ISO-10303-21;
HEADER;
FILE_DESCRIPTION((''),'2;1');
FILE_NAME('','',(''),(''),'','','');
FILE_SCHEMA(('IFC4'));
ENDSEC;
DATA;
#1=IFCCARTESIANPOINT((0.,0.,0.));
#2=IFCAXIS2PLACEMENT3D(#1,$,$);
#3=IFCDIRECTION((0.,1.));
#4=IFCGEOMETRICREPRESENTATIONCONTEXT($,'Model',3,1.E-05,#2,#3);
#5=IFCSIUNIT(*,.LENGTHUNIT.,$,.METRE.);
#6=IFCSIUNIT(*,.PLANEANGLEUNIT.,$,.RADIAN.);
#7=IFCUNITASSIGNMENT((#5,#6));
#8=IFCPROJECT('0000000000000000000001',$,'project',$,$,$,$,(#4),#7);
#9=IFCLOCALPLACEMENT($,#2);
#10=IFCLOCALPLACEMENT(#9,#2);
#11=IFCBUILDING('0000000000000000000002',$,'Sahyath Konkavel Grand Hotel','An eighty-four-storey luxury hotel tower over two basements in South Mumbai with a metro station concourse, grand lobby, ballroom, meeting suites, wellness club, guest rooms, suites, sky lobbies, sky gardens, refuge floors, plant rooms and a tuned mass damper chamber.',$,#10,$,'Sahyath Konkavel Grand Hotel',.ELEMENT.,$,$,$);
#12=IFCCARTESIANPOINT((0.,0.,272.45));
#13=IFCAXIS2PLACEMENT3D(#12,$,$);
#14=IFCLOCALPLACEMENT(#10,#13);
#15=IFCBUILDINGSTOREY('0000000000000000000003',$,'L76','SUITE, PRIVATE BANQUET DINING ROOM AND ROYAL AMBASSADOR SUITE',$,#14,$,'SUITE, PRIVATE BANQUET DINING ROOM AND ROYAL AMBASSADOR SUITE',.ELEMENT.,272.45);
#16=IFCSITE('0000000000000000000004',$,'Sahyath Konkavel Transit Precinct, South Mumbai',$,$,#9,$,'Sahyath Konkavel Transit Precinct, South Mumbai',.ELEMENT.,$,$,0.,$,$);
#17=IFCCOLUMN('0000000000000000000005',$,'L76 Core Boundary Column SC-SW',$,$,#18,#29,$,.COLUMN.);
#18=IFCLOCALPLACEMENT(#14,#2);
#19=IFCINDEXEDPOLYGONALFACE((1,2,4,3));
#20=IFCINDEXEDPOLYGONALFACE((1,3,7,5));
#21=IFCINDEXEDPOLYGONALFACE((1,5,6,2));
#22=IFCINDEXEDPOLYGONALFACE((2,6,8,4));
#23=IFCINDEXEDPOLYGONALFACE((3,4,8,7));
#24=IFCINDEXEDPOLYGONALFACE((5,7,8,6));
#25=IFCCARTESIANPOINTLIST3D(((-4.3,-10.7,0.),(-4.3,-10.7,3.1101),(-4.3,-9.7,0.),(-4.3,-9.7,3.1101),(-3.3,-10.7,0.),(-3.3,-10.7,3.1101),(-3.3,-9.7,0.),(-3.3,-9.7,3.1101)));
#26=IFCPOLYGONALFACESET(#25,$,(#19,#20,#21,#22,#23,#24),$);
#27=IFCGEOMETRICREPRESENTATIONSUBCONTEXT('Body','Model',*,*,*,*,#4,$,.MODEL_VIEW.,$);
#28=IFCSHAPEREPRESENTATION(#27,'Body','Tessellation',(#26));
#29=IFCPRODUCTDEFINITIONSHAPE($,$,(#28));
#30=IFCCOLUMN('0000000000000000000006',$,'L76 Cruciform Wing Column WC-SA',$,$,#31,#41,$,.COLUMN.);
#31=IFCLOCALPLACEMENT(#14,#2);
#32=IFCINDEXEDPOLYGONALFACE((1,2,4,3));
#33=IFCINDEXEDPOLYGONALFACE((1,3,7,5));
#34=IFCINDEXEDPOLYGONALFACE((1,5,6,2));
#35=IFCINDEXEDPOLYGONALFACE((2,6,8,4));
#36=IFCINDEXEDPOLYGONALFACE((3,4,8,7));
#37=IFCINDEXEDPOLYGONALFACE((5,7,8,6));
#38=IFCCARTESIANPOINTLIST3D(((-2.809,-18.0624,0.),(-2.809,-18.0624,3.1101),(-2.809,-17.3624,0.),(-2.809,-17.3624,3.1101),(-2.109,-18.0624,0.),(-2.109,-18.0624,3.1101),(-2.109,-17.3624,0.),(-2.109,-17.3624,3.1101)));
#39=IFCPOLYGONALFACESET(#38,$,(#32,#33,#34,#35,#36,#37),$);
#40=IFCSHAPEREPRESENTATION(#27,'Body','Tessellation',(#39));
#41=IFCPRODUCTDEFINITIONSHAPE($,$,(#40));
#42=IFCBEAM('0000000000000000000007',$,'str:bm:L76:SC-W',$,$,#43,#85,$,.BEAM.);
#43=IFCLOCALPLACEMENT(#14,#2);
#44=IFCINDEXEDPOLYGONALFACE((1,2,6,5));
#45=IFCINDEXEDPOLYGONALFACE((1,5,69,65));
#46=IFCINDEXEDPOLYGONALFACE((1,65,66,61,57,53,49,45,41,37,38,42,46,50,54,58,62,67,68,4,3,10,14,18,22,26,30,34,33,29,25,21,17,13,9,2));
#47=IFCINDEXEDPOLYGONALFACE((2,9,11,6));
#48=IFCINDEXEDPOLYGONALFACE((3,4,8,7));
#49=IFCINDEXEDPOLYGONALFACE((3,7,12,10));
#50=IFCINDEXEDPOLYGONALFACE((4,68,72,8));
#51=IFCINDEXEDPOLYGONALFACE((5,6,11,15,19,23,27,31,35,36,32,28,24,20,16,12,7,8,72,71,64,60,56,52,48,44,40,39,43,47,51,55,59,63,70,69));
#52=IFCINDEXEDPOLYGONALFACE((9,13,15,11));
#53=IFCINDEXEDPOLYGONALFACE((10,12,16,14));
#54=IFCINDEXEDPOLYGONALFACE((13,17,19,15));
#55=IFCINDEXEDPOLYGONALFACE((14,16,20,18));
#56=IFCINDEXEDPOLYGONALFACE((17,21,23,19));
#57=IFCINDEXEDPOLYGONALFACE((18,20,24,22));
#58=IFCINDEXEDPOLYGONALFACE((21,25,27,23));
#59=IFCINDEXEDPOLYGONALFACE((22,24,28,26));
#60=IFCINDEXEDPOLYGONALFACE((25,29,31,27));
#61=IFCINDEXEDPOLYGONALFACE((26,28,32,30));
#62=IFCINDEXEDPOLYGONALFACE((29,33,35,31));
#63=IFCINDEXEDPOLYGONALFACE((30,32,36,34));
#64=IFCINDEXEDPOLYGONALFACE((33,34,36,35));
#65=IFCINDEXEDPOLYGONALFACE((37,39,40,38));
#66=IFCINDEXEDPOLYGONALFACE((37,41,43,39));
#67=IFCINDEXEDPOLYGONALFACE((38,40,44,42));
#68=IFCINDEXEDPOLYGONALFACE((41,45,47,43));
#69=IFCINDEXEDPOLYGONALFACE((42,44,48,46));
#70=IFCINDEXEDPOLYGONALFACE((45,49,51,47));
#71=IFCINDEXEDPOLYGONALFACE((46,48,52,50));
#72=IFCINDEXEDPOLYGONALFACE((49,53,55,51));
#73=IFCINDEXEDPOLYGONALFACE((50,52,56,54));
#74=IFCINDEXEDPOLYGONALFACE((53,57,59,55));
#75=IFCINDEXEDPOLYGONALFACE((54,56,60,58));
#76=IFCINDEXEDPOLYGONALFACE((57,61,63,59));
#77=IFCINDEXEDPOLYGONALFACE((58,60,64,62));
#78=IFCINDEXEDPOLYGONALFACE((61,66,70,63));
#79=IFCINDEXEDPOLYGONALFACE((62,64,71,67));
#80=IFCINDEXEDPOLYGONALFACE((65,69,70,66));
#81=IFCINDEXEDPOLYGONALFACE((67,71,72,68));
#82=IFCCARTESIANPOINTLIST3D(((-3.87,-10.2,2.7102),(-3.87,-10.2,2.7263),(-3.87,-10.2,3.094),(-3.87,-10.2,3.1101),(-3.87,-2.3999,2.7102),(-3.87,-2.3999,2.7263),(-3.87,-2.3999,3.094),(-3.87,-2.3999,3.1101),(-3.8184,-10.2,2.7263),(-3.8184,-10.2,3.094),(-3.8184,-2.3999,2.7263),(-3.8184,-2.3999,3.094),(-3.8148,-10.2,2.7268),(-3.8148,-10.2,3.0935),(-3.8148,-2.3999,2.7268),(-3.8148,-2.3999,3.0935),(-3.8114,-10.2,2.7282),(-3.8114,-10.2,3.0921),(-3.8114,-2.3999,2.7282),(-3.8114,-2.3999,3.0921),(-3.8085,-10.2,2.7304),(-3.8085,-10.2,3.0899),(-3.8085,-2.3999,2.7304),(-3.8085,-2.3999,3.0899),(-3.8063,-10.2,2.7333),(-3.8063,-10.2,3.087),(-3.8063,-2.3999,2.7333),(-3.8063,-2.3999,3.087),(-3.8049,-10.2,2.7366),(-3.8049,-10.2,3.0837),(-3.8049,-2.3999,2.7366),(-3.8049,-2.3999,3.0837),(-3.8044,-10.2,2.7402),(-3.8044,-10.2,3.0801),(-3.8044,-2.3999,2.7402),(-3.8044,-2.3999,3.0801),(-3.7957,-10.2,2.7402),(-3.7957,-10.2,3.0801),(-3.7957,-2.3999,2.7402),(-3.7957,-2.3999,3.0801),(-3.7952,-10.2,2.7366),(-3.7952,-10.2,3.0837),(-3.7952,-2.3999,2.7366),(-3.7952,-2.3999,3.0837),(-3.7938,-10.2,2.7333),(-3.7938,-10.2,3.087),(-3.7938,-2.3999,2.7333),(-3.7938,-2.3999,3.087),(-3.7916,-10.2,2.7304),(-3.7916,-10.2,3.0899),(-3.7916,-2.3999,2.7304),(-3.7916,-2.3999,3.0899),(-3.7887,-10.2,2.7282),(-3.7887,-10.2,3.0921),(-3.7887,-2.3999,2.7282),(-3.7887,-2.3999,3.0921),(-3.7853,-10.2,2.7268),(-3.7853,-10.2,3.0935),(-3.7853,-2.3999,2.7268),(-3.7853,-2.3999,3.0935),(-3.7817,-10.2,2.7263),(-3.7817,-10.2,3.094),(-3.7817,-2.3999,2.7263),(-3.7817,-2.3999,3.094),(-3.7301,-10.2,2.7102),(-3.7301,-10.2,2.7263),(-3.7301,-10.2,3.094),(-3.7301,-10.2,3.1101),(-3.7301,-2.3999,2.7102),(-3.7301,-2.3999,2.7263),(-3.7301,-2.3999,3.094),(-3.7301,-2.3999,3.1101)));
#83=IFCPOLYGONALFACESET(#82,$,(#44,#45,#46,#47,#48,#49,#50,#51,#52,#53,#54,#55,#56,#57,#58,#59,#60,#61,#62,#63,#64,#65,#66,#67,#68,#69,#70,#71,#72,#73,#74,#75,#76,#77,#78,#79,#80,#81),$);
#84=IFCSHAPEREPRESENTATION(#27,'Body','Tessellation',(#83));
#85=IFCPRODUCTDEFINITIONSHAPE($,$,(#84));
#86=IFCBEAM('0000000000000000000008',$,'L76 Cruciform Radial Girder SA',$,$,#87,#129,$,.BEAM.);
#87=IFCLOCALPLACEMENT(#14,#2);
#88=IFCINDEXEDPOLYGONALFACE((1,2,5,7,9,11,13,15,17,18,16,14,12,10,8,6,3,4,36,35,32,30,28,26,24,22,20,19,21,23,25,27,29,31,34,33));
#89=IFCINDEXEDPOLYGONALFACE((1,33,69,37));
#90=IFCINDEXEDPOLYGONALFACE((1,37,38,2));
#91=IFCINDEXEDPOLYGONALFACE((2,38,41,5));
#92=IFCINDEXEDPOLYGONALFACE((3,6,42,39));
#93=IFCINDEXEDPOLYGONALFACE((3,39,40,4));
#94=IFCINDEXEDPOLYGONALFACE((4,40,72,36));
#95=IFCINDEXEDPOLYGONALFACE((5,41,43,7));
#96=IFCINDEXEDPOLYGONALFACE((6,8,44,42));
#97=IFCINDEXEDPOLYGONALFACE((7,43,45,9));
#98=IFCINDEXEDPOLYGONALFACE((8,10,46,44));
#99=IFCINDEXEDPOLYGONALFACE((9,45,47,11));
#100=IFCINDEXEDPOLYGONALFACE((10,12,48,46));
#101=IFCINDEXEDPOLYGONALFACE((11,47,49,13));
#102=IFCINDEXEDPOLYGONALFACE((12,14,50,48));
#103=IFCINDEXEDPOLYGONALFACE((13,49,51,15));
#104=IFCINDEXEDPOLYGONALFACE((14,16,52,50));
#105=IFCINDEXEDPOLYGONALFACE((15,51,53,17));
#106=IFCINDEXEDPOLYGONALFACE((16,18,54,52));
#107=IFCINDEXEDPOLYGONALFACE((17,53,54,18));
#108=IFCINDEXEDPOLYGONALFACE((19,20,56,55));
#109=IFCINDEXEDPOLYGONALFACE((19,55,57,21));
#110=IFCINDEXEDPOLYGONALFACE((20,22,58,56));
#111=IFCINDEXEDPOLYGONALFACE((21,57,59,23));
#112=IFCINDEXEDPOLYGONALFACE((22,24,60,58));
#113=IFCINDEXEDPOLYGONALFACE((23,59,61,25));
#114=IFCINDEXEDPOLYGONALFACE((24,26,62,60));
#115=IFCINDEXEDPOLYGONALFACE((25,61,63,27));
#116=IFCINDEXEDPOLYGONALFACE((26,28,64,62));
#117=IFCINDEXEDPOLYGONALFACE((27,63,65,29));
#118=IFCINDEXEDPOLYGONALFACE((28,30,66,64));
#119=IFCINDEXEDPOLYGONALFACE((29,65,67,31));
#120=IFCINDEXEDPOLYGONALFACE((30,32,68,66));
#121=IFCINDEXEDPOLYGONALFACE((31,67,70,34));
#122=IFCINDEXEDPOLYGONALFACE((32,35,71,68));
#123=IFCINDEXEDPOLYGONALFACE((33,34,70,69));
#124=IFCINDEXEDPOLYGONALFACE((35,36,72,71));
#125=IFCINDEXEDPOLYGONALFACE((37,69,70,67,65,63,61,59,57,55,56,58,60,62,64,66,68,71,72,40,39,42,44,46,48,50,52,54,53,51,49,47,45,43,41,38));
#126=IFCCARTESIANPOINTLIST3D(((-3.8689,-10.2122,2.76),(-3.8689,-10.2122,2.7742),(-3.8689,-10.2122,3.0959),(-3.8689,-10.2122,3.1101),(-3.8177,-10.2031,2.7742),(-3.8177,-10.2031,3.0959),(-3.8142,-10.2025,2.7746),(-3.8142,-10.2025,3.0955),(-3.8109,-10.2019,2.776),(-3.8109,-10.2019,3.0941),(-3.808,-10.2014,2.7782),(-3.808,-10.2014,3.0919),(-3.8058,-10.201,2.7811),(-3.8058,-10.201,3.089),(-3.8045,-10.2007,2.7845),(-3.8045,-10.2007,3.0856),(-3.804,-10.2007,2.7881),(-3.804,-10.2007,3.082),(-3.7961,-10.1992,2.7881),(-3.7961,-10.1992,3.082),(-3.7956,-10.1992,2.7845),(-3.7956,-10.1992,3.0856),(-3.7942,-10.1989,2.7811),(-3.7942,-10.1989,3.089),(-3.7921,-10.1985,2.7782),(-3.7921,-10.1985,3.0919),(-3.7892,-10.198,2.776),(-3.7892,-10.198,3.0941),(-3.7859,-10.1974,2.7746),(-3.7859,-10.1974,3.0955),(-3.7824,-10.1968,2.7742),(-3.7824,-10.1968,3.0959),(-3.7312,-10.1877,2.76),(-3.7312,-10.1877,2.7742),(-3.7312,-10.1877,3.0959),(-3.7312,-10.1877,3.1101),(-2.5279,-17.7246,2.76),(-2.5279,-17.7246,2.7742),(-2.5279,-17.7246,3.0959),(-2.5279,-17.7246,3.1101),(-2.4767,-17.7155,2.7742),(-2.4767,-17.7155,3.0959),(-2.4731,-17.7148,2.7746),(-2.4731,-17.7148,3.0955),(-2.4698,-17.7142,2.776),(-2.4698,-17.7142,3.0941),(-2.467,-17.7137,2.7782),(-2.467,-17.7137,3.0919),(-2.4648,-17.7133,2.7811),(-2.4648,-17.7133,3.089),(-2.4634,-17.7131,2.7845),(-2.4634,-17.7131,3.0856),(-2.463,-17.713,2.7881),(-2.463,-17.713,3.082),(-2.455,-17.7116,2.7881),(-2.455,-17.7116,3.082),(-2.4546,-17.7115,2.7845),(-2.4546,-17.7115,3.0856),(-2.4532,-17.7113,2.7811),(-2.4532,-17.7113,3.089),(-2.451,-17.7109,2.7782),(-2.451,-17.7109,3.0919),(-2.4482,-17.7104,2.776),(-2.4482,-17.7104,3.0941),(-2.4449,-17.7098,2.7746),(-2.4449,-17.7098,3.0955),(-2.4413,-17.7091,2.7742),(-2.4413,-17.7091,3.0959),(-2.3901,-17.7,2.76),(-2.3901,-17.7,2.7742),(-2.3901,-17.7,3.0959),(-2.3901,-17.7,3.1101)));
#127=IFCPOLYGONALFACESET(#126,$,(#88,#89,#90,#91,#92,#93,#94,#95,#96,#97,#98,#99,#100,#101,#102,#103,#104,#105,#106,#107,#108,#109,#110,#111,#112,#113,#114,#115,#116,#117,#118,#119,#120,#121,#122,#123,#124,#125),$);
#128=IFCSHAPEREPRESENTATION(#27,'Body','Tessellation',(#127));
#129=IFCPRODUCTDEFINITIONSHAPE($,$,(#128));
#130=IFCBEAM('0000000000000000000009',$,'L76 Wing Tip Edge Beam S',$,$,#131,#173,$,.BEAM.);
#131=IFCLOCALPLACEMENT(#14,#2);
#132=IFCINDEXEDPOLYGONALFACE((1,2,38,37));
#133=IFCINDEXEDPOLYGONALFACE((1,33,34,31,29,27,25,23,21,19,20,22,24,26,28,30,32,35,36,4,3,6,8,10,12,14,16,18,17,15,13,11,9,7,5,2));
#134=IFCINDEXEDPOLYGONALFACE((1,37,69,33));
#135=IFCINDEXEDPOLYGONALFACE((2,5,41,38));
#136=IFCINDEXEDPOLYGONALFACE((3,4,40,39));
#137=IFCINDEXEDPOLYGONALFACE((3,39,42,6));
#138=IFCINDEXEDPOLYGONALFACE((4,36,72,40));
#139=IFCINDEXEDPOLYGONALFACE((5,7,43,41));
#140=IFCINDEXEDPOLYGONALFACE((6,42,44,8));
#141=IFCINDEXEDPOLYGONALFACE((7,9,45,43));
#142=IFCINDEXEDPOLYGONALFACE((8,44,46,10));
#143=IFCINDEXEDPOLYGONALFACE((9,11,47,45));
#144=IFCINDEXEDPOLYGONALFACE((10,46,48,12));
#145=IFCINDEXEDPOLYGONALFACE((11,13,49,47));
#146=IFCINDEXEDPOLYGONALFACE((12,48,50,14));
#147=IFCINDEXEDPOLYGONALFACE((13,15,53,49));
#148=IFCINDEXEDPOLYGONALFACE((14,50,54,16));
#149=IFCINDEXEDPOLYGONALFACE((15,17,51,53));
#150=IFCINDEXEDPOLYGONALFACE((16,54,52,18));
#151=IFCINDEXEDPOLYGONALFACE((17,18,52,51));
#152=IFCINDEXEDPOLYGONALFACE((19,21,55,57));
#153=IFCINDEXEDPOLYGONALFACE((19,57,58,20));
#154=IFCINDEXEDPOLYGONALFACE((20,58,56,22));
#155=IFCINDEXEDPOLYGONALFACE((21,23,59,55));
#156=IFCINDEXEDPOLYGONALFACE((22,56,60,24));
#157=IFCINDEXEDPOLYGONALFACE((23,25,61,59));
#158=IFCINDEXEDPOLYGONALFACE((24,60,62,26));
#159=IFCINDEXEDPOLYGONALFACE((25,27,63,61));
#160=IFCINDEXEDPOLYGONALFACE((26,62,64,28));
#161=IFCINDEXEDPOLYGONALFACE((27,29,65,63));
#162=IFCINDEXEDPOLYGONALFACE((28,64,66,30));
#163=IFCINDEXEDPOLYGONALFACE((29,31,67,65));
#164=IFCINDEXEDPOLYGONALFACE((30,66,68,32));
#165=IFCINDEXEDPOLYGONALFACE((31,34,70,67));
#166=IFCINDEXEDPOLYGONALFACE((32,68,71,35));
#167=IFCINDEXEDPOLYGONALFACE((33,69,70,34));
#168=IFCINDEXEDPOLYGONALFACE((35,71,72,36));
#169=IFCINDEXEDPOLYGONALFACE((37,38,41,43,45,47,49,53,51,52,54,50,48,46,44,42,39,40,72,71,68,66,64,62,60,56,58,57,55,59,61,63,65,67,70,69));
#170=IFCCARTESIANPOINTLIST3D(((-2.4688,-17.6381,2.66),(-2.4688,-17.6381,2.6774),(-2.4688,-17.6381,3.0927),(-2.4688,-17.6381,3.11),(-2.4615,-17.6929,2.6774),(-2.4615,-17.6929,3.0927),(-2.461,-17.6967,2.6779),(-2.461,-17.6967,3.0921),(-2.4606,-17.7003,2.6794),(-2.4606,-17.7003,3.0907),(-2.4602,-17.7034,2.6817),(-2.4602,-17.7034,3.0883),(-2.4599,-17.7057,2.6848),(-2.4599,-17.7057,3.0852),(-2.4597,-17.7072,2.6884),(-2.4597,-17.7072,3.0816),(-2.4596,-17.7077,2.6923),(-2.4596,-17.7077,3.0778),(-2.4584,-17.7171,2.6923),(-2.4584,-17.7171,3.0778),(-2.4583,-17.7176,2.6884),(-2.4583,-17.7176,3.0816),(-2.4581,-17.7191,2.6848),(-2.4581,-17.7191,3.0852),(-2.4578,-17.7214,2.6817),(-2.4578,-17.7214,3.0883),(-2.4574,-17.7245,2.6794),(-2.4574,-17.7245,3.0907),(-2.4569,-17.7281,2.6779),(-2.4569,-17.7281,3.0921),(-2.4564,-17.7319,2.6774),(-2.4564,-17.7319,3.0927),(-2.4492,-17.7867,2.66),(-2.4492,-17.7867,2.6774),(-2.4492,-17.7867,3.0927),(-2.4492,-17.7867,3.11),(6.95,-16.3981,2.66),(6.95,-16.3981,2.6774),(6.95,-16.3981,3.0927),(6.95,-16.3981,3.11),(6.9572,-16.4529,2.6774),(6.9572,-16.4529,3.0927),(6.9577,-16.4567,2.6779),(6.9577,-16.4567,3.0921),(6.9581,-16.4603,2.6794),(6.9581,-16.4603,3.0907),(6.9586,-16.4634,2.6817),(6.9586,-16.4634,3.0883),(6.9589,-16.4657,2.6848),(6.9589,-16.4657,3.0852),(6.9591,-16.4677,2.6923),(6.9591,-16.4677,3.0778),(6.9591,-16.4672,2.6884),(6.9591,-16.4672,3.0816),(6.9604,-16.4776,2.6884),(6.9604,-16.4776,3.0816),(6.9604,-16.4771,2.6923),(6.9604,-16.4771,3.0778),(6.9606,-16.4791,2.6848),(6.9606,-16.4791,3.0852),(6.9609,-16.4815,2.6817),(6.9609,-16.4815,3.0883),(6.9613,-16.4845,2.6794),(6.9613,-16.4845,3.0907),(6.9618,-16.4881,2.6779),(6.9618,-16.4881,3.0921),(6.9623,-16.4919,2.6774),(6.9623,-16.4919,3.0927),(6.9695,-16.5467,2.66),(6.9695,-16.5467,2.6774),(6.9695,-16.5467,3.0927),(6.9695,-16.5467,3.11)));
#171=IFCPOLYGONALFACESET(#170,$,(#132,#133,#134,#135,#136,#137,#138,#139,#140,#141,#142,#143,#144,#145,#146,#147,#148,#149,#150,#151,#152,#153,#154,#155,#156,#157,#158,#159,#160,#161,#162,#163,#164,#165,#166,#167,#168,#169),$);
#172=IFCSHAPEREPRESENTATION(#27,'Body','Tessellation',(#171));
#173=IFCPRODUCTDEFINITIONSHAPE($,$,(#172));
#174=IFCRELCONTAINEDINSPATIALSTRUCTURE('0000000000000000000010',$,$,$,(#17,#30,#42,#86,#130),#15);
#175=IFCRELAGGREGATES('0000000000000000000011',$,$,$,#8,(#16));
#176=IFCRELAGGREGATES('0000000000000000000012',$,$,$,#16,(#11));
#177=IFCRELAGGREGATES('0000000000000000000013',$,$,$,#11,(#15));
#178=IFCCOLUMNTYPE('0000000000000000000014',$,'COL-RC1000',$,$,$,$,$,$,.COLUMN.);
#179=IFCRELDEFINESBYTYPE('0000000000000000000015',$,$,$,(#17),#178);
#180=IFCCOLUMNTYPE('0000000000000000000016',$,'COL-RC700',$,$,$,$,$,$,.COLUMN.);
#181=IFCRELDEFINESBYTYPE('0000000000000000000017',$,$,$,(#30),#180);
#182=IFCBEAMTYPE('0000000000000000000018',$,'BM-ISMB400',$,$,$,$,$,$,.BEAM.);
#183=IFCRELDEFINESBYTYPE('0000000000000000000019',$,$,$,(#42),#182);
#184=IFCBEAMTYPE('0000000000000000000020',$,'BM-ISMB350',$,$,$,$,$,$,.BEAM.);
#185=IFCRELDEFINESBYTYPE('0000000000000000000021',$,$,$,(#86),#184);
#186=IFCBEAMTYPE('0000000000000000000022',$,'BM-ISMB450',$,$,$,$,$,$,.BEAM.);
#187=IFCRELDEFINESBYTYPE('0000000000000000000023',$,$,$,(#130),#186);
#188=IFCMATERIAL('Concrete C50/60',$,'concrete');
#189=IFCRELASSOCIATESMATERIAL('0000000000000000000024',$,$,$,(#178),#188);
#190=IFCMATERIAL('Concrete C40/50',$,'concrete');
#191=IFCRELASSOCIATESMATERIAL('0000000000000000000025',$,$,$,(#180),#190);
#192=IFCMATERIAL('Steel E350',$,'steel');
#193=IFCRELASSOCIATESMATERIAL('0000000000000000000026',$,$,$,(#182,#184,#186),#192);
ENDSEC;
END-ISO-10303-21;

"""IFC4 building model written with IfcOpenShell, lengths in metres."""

from ifc_helpers import new_model, si_unit, direction, frame, origin, origin_2d, place, context, subcontext, project, spatial, rectangle, i_section, extrude, source, transform, mapped, material, material_profile, profile_set, type_object, element, save


model = new_model("IFC4")

# Units and contexts
model_context = context("Model", 3, precision=1e-05, world=origin(), true_north=direction((0.0, 1.0)))
body_context = subcontext(model_context, "Body", "Model", "MODEL_VIEW")
ifc_project = project(units=[si_unit("LENGTHUNIT", "METRE"), si_unit("PLANEANGLEUNIT", "RADIAN")], contexts=[model_context])

# Site, building, storey
site_placement = place(None, origin())
site = spatial("IfcSite", under=ifc_project, at=site_placement, Name="Sahyath Konkavel Transit Precinct, South Mumbai", LongName="Sahyath Konkavel Transit Precinct, South Mumbai", CompositionType="ELEMENT", RefElevation=0.0)
building_placement = place(site_placement, origin())
building = spatial("IfcBuilding", under=site, at=building_placement, Name="Sahyath Konkavel Grand Hotel", Description="An eighty-four-storey luxury hotel tower over two basements in South Mumbai with a metro station concourse, grand lobby, ballroom, meeting suites, wellness club, guest rooms, suites, sky lobbies, sky gardens, refuge floors, plant rooms and a tuned mass damper chamber.", LongName="Sahyath Konkavel Grand Hotel", CompositionType="ELEMENT")
storey_placement = place(building_placement, frame((0.0, 0.0, 272.45)))
storey = spatial("IfcBuildingStorey", under=building, at=storey_placement, Name="L76", Description="SUITE, PRIVATE BANQUET DINING ROOM AND ROYAL AMBASSADOR SUITE", LongName="SUITE, PRIVATE BANQUET DINING ROOM AND ROYAL AMBASSADOR SUITE", CompositionType="ELEMENT", Elevation=272.45)

# Columns
ifc_material_1 = material(Name="Concrete C50/60", Category="concrete")
ifc_material_profile_1 = material_profile(ifc_material_1, rectangle(XDim=1.0, YDim=1.0, at=origin_2d()), Name="RC 1000x1000")
ifc_profile_set_1 = profile_set([ifc_material_profile_1], Name="Concrete C50/60")
column_type_1 = type_object("IfcColumnType", Name="COL-RC1000", PredefinedType="COLUMN", material=ifc_profile_set_1)
shared_shape_1 = source(origin(), body_context, "Body", "SweptSolid", [
    extrude(rectangle(XDim=1.0, YDim=1.0, at=origin_2d()), origin(), (0.0, 0.0, 1.0), 3.1101),
])
column_1_placement = place(storey_placement, frame((-3.8, -10.2, 0.0), z_axis=(0.0, 0.0, 1.0), x_axis=(1.0, 0.0, 0.0)))
element("IfcColumn", 1, at=column_1_placement, inside=storey, type_object=column_type_1, Name="L76 Core Boundary Column SC-SW", PredefinedType="COLUMN", context=body_context, shape_type="MappedRepresentation", body=[
    mapped(shared_shape_1, transform((0.0, 0.0, 0.0), scale=1.0)),
])
ifc_material_2 = material(Name="Concrete C40/50", Category="concrete")
ifc_material_profile_2 = material_profile(ifc_material_2, rectangle(XDim=0.7, YDim=0.7, at=origin_2d()), Name="RC 700x700")
ifc_profile_set_2 = profile_set([ifc_material_profile_2], Name="Concrete C40/50")
column_type_2 = type_object("IfcColumnType", Name="COL-RC700", PredefinedType="COLUMN", material=ifc_profile_set_2)
shared_shape_2 = source(origin(), body_context, "Body", "SweptSolid", [
    extrude(rectangle(XDim=0.7, YDim=0.7, at=origin_2d()), origin(), (0.0, 0.0, 1.0), 3.1101),
])
column_2_placement = place(storey_placement, frame((-2.459, -17.7124, 0.0), z_axis=(0.0, 0.0, 1.0), x_axis=(1.0, 0.0, 0.0)))
element("IfcColumn", 2, at=column_2_placement, inside=storey, type_object=column_type_2, Name="L76 Cruciform Wing Column WC-SA", PredefinedType="COLUMN", context=body_context, shape_type="MappedRepresentation", body=[
    mapped(shared_shape_2, transform((0.0, 0.0, 0.0), scale=1.0)),
])

# Beams
ifc_material_3 = material(Name="Steel E350", Category="steel")
ifc_material_profile_3 = material_profile(ifc_material_3, i_section(OverallWidth=0.1399, OverallDepth=0.3999, WebThickness=0.0088, FlangeThickness=0.0161, FilletRadius=0.0139, at=origin_2d()), Name="ISMB 400")
ifc_profile_set_3 = profile_set([ifc_material_profile_3], Name="Steel E350")
beam_type_1 = type_object("IfcBeamType", Name="BM-ISMB400", PredefinedType="BEAM", material=ifc_profile_set_3)
shared_shape_3 = source(origin(), body_context, "Body", "SweptSolid", [
    extrude(i_section(OverallWidth=0.1399, OverallDepth=0.3999, WebThickness=0.0088, FlangeThickness=0.0161, FilletRadius=0.0139, at=origin_2d()), origin(), (0.0, 0.0, 1.0), 7.8),
])
beam_1_placement = place(storey_placement, frame((-3.8, -10.2, 2.9102), z_axis=(0.0, 1.0, 0.0), x_axis=(-1.0, 0.0, 0.0)))
element("IfcBeam", 3, at=beam_1_placement, inside=storey, type_object=beam_type_1, Name="str:bm:L76:SC-W", PredefinedType="BEAM", context=body_context, shape_type="MappedRepresentation", body=[
    mapped(shared_shape_3, transform((0.0, 0.0, 0.0), scale=1.0)),
])
ifc_material_profile_4 = material_profile(ifc_material_3, i_section(OverallWidth=0.1399, OverallDepth=0.3501, WebThickness=0.0081, FlangeThickness=0.0142, FilletRadius=0.0139, at=origin_2d()), Name="ISMB 350")
ifc_profile_set_4 = profile_set([ifc_material_profile_4], Name="Steel E350")
beam_type_2 = type_object("IfcBeamType", Name="BM-ISMB350", PredefinedType="BEAM", material=ifc_profile_set_4)
shared_shape_4 = source(origin(), body_context, "Body", "SweptSolid", [
    extrude(i_section(OverallWidth=0.1399, OverallDepth=0.3501, WebThickness=0.0081, FlangeThickness=0.0142, FilletRadius=0.0139, at=origin_2d()), origin(), (0.0, 0.0, 1.0), 7.6311),
])
beam_2_placement = place(storey_placement, frame((-3.8, -10.2, 2.9351), z_axis=(0.175734, -0.984438, 0.0), x_axis=(0.984438, 0.175734, 0.0)))
element("IfcBeam", 4, at=beam_2_placement, inside=storey, type_object=beam_type_2, Name="L76 Cruciform Radial Girder SA", PredefinedType="BEAM", context=body_context, shape_type="MappedRepresentation", body=[
    mapped(shared_shape_4, transform((0.0, 0.0, 0.0), scale=1.0)),
])
ifc_material_profile_5 = material_profile(ifc_material_3, i_section(OverallWidth=0.1499, OverallDepth=0.45, WebThickness=0.0095, FlangeThickness=0.0173, FilletRadius=0.0149, at=origin_2d()), Name="ISMB 450")
ifc_profile_set_5 = profile_set([ifc_material_profile_5], Name="Steel E350")
beam_type_3 = type_object("IfcBeamType", Name="BM-ISMB450", PredefinedType="BEAM", material=ifc_profile_set_5)
shared_shape_5 = source(origin(), body_context, "Body", "SweptSolid", [
    extrude(i_section(OverallWidth=0.1499, OverallDepth=0.45, WebThickness=0.0095, FlangeThickness=0.0173, FilletRadius=0.0149, at=origin_2d()), origin(), (0.0, 0.0, 1.0), 9.5),
])
beam_3_placement = place(storey_placement, frame((-2.459, -17.7124, 2.885), z_axis=(0.991445, 0.130526, 0.0), x_axis=(-0.130526, 0.991445, 0.0)))
element("IfcBeam", 5, at=beam_3_placement, inside=storey, type_object=beam_type_3, Name="L76 Wing Tip Edge Beam S", PredefinedType="BEAM", context=body_context, shape_type="MappedRepresentation", body=[
    mapped(shared_shape_5, transform((0.0, 0.0, 0.0), scale=1.0)),
])

save(model, "model.ifc")
